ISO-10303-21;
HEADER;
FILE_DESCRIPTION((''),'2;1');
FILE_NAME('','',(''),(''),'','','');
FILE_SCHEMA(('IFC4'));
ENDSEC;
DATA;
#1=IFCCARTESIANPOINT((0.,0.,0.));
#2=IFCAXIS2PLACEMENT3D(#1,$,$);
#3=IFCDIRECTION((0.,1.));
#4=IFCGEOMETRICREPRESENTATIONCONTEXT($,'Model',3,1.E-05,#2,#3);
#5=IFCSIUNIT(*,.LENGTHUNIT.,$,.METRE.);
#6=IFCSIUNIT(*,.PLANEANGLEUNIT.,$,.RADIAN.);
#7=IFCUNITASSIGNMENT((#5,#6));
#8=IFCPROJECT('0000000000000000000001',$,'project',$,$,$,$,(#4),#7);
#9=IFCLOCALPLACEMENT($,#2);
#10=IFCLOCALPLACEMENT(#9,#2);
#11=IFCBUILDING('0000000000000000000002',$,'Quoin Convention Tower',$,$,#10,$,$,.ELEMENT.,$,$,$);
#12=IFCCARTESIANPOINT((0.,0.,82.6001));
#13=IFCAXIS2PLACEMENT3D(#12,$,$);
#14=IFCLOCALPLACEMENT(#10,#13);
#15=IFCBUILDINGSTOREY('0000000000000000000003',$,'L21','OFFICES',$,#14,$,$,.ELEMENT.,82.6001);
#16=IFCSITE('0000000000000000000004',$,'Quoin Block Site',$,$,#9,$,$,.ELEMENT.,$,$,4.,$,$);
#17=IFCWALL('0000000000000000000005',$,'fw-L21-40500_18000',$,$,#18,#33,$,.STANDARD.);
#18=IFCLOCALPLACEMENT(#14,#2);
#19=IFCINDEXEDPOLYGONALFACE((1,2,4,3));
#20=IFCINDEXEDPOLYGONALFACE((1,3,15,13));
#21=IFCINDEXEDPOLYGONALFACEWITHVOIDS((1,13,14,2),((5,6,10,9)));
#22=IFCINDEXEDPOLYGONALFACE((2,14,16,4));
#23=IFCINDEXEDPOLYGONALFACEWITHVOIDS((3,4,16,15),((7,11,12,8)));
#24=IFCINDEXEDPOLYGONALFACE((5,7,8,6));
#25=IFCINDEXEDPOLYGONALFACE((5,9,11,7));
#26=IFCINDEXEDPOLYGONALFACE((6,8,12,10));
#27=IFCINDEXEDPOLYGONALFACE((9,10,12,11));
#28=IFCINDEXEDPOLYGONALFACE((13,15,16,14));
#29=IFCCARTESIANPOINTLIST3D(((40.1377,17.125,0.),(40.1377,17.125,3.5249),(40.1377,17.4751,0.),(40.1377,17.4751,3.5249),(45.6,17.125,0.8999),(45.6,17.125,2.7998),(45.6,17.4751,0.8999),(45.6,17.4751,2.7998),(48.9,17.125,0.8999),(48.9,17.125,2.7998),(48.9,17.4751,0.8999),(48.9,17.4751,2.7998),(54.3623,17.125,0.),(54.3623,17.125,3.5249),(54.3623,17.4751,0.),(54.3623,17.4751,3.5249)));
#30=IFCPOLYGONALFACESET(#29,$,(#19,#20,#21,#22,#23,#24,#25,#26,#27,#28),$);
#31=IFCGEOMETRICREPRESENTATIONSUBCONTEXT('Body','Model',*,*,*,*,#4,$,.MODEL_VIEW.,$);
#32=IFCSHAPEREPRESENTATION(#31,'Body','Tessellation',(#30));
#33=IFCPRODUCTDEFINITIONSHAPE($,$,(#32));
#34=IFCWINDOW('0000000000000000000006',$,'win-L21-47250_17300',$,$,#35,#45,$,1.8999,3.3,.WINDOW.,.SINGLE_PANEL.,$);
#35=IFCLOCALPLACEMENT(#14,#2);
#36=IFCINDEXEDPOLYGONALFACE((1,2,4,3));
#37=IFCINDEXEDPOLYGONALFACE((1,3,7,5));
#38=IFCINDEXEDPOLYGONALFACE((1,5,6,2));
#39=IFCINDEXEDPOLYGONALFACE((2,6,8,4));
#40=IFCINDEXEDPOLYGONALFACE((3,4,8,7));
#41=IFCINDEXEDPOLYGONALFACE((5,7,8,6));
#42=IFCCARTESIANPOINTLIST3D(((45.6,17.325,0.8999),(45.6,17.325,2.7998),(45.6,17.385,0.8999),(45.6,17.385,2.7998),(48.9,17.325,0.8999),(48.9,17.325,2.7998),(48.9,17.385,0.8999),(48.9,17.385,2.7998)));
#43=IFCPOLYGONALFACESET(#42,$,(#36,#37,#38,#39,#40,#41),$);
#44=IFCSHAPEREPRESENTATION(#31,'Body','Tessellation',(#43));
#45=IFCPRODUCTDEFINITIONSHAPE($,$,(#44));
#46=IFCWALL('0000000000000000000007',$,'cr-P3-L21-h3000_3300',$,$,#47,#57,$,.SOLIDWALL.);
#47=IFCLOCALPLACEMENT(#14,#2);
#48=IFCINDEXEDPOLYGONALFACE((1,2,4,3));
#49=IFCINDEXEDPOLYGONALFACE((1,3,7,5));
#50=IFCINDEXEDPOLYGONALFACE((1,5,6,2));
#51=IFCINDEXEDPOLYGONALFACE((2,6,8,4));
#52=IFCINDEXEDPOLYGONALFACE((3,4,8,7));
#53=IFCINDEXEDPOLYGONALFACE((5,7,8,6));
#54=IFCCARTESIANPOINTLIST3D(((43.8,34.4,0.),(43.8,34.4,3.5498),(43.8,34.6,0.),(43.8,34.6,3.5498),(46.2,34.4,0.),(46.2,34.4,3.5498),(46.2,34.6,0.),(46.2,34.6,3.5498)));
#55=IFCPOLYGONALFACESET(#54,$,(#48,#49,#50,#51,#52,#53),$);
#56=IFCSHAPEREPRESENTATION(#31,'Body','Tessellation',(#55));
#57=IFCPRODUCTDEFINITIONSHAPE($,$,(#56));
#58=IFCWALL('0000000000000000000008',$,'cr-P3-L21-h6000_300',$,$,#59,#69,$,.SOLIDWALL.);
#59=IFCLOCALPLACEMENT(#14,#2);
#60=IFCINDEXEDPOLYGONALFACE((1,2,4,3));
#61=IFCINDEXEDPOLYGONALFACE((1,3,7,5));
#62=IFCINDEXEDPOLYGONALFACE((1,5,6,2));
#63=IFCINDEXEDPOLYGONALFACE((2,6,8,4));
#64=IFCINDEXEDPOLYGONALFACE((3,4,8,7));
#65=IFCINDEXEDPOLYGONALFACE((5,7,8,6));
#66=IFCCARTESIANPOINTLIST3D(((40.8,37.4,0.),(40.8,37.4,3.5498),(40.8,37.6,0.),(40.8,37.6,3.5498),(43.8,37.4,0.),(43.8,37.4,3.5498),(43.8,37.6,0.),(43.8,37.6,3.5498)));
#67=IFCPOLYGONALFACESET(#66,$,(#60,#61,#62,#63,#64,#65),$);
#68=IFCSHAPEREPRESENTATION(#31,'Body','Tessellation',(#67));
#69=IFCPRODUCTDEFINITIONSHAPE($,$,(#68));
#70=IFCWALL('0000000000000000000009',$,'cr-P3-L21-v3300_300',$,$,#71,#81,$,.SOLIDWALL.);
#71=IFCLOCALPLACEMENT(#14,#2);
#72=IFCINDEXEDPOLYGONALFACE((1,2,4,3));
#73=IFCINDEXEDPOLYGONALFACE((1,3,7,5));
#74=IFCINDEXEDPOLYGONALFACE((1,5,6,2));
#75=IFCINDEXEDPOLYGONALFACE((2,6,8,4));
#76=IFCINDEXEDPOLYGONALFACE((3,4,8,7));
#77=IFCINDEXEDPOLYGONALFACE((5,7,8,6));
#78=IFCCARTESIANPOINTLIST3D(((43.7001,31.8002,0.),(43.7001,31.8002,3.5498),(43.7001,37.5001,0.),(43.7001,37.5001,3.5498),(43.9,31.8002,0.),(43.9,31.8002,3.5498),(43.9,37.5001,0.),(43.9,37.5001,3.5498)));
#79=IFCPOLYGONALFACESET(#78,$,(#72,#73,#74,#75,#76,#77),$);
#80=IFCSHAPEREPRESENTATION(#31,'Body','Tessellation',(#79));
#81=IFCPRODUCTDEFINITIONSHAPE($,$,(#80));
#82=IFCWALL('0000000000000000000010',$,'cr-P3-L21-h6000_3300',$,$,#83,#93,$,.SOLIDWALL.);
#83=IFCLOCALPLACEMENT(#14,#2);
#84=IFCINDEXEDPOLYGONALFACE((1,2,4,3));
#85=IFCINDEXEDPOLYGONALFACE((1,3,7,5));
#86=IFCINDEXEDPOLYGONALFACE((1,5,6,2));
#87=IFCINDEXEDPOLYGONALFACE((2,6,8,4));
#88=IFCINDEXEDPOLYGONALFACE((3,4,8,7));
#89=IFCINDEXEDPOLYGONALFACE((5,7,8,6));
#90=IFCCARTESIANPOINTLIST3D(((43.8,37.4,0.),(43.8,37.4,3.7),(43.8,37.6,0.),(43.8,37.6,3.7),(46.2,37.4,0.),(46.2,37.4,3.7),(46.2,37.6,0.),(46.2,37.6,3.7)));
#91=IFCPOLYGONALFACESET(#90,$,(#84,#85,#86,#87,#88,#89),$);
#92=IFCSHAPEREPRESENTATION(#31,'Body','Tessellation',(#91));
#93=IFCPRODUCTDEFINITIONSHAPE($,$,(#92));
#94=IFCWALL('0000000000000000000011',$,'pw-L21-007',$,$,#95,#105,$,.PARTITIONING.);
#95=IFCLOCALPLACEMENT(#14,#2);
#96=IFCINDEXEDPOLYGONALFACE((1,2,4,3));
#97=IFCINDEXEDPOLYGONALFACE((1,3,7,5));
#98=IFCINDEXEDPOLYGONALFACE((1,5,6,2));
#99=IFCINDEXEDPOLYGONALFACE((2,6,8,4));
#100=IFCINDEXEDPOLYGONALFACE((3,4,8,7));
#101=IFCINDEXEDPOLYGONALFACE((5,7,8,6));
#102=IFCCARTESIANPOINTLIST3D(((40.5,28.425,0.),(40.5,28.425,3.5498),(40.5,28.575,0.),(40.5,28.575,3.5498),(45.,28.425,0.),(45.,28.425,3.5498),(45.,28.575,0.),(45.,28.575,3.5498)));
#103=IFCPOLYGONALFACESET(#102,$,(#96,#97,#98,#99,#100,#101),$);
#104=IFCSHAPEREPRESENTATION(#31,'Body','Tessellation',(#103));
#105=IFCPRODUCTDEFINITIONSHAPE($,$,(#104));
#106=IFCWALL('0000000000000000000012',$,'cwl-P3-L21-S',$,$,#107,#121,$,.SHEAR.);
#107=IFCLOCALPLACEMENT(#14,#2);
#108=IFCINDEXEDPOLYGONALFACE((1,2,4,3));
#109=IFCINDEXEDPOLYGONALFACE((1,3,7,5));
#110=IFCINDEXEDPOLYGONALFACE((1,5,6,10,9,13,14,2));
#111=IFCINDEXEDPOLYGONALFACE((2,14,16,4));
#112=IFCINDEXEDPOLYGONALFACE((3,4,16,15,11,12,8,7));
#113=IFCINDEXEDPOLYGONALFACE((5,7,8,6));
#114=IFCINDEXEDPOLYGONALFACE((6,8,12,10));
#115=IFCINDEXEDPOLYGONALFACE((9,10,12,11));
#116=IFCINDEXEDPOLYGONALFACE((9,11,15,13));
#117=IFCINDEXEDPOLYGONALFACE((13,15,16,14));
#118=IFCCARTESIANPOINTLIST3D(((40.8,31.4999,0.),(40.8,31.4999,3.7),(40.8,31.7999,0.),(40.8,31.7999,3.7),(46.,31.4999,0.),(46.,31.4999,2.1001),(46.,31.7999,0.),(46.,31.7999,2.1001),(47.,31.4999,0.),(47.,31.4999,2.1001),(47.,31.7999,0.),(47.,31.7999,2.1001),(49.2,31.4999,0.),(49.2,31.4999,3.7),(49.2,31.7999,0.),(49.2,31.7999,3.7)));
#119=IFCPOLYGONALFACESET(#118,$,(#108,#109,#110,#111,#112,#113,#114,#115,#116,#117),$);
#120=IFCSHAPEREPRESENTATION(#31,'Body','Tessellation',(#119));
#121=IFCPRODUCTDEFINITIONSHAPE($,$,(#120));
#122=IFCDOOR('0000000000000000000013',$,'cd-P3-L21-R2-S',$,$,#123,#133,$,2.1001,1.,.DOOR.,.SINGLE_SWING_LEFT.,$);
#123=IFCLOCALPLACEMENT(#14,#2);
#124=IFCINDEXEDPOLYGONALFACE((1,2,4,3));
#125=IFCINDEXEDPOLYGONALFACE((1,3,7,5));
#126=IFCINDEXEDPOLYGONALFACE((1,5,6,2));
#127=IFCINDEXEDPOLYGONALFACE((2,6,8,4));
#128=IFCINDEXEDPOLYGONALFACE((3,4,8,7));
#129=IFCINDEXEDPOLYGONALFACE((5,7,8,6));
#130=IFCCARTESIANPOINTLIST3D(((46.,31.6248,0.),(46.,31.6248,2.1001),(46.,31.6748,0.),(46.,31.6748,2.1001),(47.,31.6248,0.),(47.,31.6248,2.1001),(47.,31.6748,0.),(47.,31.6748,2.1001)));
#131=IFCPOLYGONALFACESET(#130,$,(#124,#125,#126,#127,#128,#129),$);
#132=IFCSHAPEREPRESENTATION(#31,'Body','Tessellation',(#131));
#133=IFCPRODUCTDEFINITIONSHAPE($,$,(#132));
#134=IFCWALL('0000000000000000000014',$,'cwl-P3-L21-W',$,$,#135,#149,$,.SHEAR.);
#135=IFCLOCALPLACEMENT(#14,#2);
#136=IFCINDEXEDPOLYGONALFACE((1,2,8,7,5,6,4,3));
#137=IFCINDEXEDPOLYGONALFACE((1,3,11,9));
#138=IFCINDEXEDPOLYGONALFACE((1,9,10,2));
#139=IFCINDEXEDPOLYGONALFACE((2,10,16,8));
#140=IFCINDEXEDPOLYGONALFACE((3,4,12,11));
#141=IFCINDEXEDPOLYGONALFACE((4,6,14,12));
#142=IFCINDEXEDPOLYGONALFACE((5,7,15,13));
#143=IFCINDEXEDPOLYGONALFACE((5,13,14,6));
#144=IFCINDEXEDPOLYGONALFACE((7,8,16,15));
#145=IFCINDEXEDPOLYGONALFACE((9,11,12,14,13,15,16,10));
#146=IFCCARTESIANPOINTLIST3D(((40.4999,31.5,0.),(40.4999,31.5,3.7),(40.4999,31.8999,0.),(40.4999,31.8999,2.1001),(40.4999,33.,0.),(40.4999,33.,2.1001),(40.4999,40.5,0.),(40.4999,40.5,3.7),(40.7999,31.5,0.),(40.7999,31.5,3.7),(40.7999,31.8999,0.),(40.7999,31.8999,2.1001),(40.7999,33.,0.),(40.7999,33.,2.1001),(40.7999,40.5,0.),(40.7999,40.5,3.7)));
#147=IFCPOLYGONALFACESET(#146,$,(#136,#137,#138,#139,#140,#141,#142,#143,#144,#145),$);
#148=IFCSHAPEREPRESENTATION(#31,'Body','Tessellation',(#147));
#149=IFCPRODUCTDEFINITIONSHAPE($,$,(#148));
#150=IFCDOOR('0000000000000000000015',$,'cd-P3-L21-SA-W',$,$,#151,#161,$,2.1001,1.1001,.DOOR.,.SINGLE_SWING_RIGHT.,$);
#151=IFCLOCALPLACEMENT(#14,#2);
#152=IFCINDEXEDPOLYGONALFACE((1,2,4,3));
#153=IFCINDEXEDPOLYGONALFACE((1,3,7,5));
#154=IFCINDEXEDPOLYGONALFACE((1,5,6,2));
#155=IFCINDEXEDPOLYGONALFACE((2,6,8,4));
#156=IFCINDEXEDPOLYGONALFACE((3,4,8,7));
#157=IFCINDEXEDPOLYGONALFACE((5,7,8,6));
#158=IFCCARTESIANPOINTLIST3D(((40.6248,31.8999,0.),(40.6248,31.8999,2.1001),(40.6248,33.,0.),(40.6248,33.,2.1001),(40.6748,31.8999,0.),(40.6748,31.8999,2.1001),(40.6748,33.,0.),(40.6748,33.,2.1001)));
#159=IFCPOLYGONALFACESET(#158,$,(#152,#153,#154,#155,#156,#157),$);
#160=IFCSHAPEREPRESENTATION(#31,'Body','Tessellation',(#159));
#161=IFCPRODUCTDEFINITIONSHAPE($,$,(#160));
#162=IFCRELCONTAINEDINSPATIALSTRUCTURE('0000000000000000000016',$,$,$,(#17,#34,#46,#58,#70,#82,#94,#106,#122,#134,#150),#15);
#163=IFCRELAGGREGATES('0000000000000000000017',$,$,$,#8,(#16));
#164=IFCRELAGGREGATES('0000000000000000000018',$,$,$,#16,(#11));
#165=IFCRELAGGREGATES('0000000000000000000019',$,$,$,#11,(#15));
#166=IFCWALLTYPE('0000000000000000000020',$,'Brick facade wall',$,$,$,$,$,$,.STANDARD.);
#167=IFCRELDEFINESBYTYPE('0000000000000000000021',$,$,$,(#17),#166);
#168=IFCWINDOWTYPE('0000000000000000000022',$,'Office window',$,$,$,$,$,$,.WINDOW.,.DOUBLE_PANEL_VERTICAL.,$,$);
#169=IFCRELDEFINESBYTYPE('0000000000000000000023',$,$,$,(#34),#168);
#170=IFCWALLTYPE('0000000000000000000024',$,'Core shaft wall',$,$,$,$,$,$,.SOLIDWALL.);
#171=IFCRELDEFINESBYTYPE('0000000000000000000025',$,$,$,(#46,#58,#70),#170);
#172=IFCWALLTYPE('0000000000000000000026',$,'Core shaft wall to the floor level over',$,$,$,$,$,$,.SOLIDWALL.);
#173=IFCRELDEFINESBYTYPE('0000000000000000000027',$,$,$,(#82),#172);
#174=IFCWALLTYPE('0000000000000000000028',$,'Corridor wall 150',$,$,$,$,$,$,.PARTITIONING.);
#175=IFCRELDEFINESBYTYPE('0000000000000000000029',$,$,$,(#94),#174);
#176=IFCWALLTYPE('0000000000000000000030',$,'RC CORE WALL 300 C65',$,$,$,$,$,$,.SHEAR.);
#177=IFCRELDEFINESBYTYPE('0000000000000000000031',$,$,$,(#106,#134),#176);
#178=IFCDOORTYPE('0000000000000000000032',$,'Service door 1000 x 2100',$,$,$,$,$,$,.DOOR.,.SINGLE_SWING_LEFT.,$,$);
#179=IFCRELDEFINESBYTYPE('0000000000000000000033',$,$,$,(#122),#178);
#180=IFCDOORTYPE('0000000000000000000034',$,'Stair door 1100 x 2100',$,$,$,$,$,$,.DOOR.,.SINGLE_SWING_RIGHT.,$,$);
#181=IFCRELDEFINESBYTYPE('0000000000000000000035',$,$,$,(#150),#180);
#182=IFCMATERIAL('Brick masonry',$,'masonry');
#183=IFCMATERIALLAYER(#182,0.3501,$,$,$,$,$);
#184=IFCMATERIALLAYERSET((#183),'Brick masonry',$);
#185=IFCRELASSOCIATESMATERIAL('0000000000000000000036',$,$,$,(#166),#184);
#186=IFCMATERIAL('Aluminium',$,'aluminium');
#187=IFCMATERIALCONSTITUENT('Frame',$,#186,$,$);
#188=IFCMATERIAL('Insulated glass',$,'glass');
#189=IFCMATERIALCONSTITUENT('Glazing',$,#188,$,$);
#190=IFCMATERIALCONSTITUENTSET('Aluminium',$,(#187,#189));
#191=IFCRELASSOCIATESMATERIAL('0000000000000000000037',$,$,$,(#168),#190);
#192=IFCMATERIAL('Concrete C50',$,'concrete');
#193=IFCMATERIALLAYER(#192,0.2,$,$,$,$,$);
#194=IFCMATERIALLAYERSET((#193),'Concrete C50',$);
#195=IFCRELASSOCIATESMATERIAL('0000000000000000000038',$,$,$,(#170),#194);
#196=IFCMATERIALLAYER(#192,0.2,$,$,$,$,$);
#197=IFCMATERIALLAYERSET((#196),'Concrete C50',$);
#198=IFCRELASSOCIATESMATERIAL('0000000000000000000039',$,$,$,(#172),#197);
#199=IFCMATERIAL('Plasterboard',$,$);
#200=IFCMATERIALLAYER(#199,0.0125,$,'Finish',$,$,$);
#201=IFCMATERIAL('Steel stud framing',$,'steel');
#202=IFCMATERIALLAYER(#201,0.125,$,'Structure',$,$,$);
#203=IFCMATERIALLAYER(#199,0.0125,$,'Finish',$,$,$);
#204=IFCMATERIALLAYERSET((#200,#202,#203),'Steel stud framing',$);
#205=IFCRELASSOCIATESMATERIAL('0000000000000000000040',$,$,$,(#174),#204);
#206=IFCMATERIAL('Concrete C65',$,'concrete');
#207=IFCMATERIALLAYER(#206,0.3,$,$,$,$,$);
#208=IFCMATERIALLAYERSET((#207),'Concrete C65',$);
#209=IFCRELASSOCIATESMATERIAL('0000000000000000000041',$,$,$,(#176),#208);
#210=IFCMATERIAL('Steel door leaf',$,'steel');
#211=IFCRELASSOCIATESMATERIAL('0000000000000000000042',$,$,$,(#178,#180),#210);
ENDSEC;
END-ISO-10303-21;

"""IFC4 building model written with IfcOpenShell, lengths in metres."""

from ifc_helpers import new_model, si_unit, direction, frame, frame_2d, origin, place, context, subcontext, project, spatial, rectangle, extrude, material, layer, layer_set, constituent, constituent_set, type_object, element, fill, save


model = new_model("IFC4")

# Units and contexts
model_context = context("Model", 3, precision=1e-05, world=origin(), true_north=direction((0.0, 1.0)))
body_context = subcontext(model_context, "Body", "Model", "MODEL_VIEW")
ifc_project = project(units=[si_unit("LENGTHUNIT", "METRE"), si_unit("PLANEANGLEUNIT", "RADIAN")], contexts=[model_context])

# Site, building, storey
site_placement = place(None, origin())
site = spatial("IfcSite", under=ifc_project, at=site_placement, Name="Quoin Block Site", CompositionType="ELEMENT", RefElevation=4.0)
building_placement = place(site_placement, origin())
building = spatial("IfcBuilding", under=site, at=building_placement, Name="Quoin Convention Tower", CompositionType="ELEMENT")
storey_placement = place(building_placement, frame((0.0, 0.0, 82.6001)))
storey = spatial("IfcBuildingStorey", under=building, at=storey_placement, Name="L21", Description="OFFICES", CompositionType="ELEMENT", Elevation=82.6001)

# Shared definitions
ifc_material_1 = material(Name="Concrete C65", Category="concrete")

# Wall, opening, window
ifc_material_2 = material(Name="Brick masonry", Category="masonry")
ifc_layer_1 = layer(ifc_material_2, 0.3501)
ifc_layer_set_1 = layer_set([ifc_layer_1], Name="Brick masonry")
wall_type_1 = type_object("IfcWallType", Name="Brick facade wall", PredefinedType="STANDARD", material=ifc_layer_set_1)
wall_1_placement = place(storey_placement, frame((40.1377, 17.3, 0.0), z_axis=(0.0, 0.0, 1.0), x_axis=(1.0, 0.0, 0.0)))
wall_1 = element("IfcWall", 1, at=wall_1_placement, inside=storey, type_object=wall_type_1, Name="fw-L21-40500_18000", PredefinedType="STANDARD", context=body_context, shape_type="SweptSolid", body=[
    extrude(rectangle(XDim=14.2246, YDim=0.3501, at=frame_2d((7.1123, 0.0))), origin(), (0.0, 0.0, 1.0), 3.5249),
])
opening_1_placement = place(wall_1_placement, frame((5.4624, 0.0, 0.8999)))
opening_1 = element("IfcOpeningElement", 2, at=opening_1_placement, cuts=wall_1, PredefinedType="OPENING", context=body_context, shape_type="SweptSolid", body=[
    extrude(rectangle(XDim=3.3, YDim=1.8999, at=frame_2d((1.6499, 0.95))), frame((0.0, 0.1851, 0.0), z_axis=(0.0, -1.0, 0.0), x_axis=(1.0, 0.0, 0.0)), (0.0, 0.0, 1.0), 0.3701),
])
ifc_material_3 = material(Name="Aluminium", Category="aluminium")
ifc_constituent_1 = constituent(ifc_material_3, Name="Frame")
ifc_material_4 = material(Name="Insulated glass", Category="glass")
ifc_constituent_2 = constituent(ifc_material_4, Name="Glazing")
ifc_constituent_set = constituent_set(constituents=[ifc_constituent_1, ifc_constituent_2], Name="Aluminium")
window_type = type_object("IfcWindowType", Name="Office window", PartitioningType="DOUBLE_PANEL_VERTICAL", PredefinedType="WINDOW", material=ifc_constituent_set)
window_placement = place(opening_1_placement, origin())
window = element("IfcWindow", 3, at=window_placement, inside=storey, type_object=window_type, Name="win-L21-47250_17300", OverallHeight=1.8999, OverallWidth=3.3, PartitioningType="SINGLE_PANEL", PredefinedType="WINDOW", context=body_context, shape_type="SweptSolid", body=[
    extrude(rectangle(XDim=3.3, YDim=1.8999, at=frame_2d((1.6499, 0.95))), frame((0.0, 0.085, 0.0), z_axis=(0.0, -1.0, 0.0), x_axis=(1.0, 0.0, 0.0)), (0.0, 0.0, 1.0), 0.0601),
])
fill(opening_1, window)

# Walls
ifc_material_5 = material(Name="Concrete C50", Category="concrete")
ifc_layer_2 = layer(ifc_material_5, 0.2)
ifc_layer_set_2 = layer_set([ifc_layer_2], Name="Concrete C50")
wall_type_2 = type_object("IfcWallType", Name="Core shaft wall", PredefinedType="SOLIDWALL", material=ifc_layer_set_2)
wall_2_placement = place(storey_placement, frame((43.8, 34.5, 0.0), z_axis=(0.0, 0.0, 1.0), x_axis=(1.0, 0.0, 0.0)))
element("IfcWall", 4, at=wall_2_placement, inside=storey, type_object=wall_type_2, Name="cr-P3-L21-h3000_3300", PredefinedType="SOLIDWALL", context=body_context, shape_type="SweptSolid", body=[
    extrude(rectangle(XDim=2.3999, YDim=0.2, at=frame_2d((1.2, 0.0))), origin(), (0.0, 0.0, 1.0), 3.5498),
])
wall_3_placement = place(storey_placement, frame((40.8, 37.5, 0.0), z_axis=(0.0, 0.0, 1.0), x_axis=(1.0, 0.0, 0.0)))
element("IfcWall", 5, at=wall_3_placement, inside=storey, type_object=wall_type_2, Name="cr-P3-L21-h6000_300", PredefinedType="SOLIDWALL", context=body_context, shape_type="SweptSolid", body=[
    extrude(rectangle(XDim=3.0, YDim=0.2, at=frame_2d((1.5, 0.0))), origin(), (0.0, 0.0, 1.0), 3.5498),
])
wall_4_placement = place(storey_placement, frame((43.8, 31.8, 0.0), z_axis=(0.0, 0.0, 1.0), x_axis=(0.0, 1.0, 0.0)))
element("IfcWall", 6, at=wall_4_placement, inside=storey, type_object=wall_type_2, Name="cr-P3-L21-v3300_300", PredefinedType="SOLIDWALL", context=body_context, shape_type="SweptSolid", body=[
    extrude(rectangle(XDim=5.7, YDim=0.2, at=frame_2d((2.8501, 0.0))), origin(), (0.0, 0.0, 1.0), 3.5498),
])
ifc_layer_3 = layer(ifc_material_5, 0.2)
ifc_layer_set_3 = layer_set([ifc_layer_3], Name="Concrete C50")
wall_type_3 = type_object("IfcWallType", Name="Core shaft wall to the floor level over", PredefinedType="SOLIDWALL", material=ifc_layer_set_3)
wall_5_placement = place(storey_placement, frame((43.8, 37.5, 0.0), z_axis=(0.0, 0.0, 1.0), x_axis=(1.0, 0.0, 0.0)))
element("IfcWall", 7, at=wall_5_placement, inside=storey, type_object=wall_type_3, Name="cr-P3-L21-h6000_3300", PredefinedType="SOLIDWALL", context=body_context, shape_type="SweptSolid", body=[
    extrude(rectangle(XDim=2.3999, YDim=0.2, at=frame_2d((1.2, 0.0))), origin(), (0.0, 0.0, 1.0), 3.7),
])
ifc_material_6 = material(Name="Plasterboard")
ifc_layer_4 = layer(ifc_material_6, 0.0125, Name="Finish")
ifc_material_7 = material(Name="Steel stud framing", Category="steel")
ifc_layer_5 = layer(ifc_material_7, 0.125, Name="Structure")
ifc_layer_6 = layer(ifc_material_6, 0.0125, Name="Finish")
ifc_layer_set_4 = layer_set([ifc_layer_4, ifc_layer_5, ifc_layer_6], Name="Steel stud framing")
wall_type_4 = type_object("IfcWallType", Name="Corridor wall 150", PredefinedType="PARTITIONING", material=ifc_layer_set_4)
wall_6_placement = place(storey_placement, frame((40.5, 28.5, 0.0), z_axis=(0.0, 0.0, 1.0), x_axis=(1.0, 0.0, 0.0)))
element("IfcWall", 8, at=wall_6_placement, inside=storey, type_object=wall_type_4, Name="pw-L21-007", PredefinedType="PARTITIONING", context=body_context, shape_type="SweptSolid", body=[
    extrude(rectangle(XDim=4.5, YDim=0.1499, at=frame_2d((2.25, 0.0))), origin(), (0.0, 0.0, 1.0), 3.5498),
])

# Walls, openings, doors
ifc_layer_7 = layer(ifc_material_1, 0.3)
ifc_layer_set_5 = layer_set([ifc_layer_7], Name="Concrete C65")
wall_type_5 = type_object("IfcWallType", Name="RC CORE WALL 300 C65", PredefinedType="SHEAR", material=ifc_layer_set_5)
wall_7_placement = place(storey_placement, frame((40.8, 31.6499, 0.0), z_axis=(0.0, 0.0, 1.0), x_axis=(1.0, 0.0, 0.0)))
wall_7 = element("IfcWall", 9, at=wall_7_placement, inside=storey, type_object=wall_type_5, Name="cwl-P3-L21-S", PredefinedType="SHEAR", context=body_context, shape_type="SweptSolid", body=[
    extrude(rectangle(XDim=8.3999, YDim=0.3, at=frame_2d((4.2, 0.0))), origin(), (0.0, 0.0, 1.0), 3.7),
])
opening_2_placement = place(wall_7_placement, frame((5.2, 0.0, 0.0)))
opening_2 = element("IfcOpeningElement", 10, at=opening_2_placement, cuts=wall_7, PredefinedType="OPENING", context=body_context, shape_type="SweptSolid", body=[
    extrude(rectangle(XDim=1.0, YDim=2.1001, at=frame_2d((0.5, 1.05))), frame((0.0, 0.1599, 0.0), z_axis=(0.0, -1.0, 0.0), x_axis=(1.0, 0.0, 0.0)), (0.0, 0.0, 1.0), 0.3201),
])
ifc_material_8 = material(Name="Steel door leaf", Category="steel")
door_type_1 = type_object("IfcDoorType", Name="Service door 1000 x 2100", OperationType="SINGLE_SWING_LEFT", PredefinedType="DOOR", material=ifc_material_8)
door_1_placement = place(opening_2_placement, origin())
door_1 = element("IfcDoor", 11, at=door_1_placement, inside=storey, type_object=door_type_1, Name="cd-P3-L21-R2-S", OperationType="SINGLE_SWING_LEFT", OverallHeight=2.1001, OverallWidth=1.0, PredefinedType="DOOR", context=body_context, shape_type="SweptSolid", body=[
    extrude(rectangle(XDim=1.0, YDim=2.1001, at=frame_2d((0.5, 1.05))), frame((0.0, 0.0249, 0.0), z_axis=(0.0, -1.0, 0.0), x_axis=(1.0, 0.0, 0.0)), (0.0, 0.0, 1.0), 0.05),
])
fill(opening_2, door_1)
wall_8_placement = place(storey_placement, frame((40.6499, 31.5, 0.0), z_axis=(0.0, 0.0, 1.0), x_axis=(0.0, 1.0, 0.0)))
wall_8 = element("IfcWall", 12, at=wall_8_placement, inside=storey, type_object=wall_type_5, Name="cwl-P3-L21-W", PredefinedType="SHEAR", context=body_context, shape_type="SweptSolid", body=[
    extrude(rectangle(XDim=9.0, YDim=0.3, at=frame_2d((4.5, 0.0))), origin(), (0.0, 0.0, 1.0), 3.7),
])
opening_3_placement = place(wall_8_placement, frame((0.3999, 0.0, 0.0)))
opening_3 = element("IfcOpeningElement", 13, at=opening_3_placement, cuts=wall_8, PredefinedType="OPENING", context=body_context, shape_type="SweptSolid", body=[
    extrude(rectangle(XDim=1.1001, YDim=2.1001, at=frame_2d((0.55, 1.05))), frame((0.0, 0.1599, 0.0), z_axis=(0.0, -1.0, 0.0), x_axis=(1.0, 0.0, 0.0)), (0.0, 0.0, 1.0), 0.3201),
])
door_type_2 = type_object("IfcDoorType", Name="Stair door 1100 x 2100", OperationType="SINGLE_SWING_RIGHT", PredefinedType="DOOR", material=ifc_material_8)
door_2_placement = place(opening_3_placement, frame((1.1001, 0.0, 0.0), z_axis=(0.0, 0.0, 1.0), x_axis=(-1.0, 0.0, 0.0)))
door_2 = element("IfcDoor", 14, at=door_2_placement, inside=storey, type_object=door_type_2, Name="cd-P3-L21-SA-W", OperationType="SINGLE_SWING_RIGHT", OverallHeight=2.1001, OverallWidth=1.1001, PredefinedType="DOOR", context=body_context, shape_type="SweptSolid", body=[
    extrude(rectangle(XDim=1.1001, YDim=2.1001, at=frame_2d((0.55, 1.05))), frame((0.0, 0.0249, 0.0), z_axis=(0.0, -1.0, 0.0), x_axis=(1.0, 0.0, 0.0)), (0.0, 0.0, 1.0), 0.05),
])
fill(opening_3, door_2)

save(model, "model.ifc")
